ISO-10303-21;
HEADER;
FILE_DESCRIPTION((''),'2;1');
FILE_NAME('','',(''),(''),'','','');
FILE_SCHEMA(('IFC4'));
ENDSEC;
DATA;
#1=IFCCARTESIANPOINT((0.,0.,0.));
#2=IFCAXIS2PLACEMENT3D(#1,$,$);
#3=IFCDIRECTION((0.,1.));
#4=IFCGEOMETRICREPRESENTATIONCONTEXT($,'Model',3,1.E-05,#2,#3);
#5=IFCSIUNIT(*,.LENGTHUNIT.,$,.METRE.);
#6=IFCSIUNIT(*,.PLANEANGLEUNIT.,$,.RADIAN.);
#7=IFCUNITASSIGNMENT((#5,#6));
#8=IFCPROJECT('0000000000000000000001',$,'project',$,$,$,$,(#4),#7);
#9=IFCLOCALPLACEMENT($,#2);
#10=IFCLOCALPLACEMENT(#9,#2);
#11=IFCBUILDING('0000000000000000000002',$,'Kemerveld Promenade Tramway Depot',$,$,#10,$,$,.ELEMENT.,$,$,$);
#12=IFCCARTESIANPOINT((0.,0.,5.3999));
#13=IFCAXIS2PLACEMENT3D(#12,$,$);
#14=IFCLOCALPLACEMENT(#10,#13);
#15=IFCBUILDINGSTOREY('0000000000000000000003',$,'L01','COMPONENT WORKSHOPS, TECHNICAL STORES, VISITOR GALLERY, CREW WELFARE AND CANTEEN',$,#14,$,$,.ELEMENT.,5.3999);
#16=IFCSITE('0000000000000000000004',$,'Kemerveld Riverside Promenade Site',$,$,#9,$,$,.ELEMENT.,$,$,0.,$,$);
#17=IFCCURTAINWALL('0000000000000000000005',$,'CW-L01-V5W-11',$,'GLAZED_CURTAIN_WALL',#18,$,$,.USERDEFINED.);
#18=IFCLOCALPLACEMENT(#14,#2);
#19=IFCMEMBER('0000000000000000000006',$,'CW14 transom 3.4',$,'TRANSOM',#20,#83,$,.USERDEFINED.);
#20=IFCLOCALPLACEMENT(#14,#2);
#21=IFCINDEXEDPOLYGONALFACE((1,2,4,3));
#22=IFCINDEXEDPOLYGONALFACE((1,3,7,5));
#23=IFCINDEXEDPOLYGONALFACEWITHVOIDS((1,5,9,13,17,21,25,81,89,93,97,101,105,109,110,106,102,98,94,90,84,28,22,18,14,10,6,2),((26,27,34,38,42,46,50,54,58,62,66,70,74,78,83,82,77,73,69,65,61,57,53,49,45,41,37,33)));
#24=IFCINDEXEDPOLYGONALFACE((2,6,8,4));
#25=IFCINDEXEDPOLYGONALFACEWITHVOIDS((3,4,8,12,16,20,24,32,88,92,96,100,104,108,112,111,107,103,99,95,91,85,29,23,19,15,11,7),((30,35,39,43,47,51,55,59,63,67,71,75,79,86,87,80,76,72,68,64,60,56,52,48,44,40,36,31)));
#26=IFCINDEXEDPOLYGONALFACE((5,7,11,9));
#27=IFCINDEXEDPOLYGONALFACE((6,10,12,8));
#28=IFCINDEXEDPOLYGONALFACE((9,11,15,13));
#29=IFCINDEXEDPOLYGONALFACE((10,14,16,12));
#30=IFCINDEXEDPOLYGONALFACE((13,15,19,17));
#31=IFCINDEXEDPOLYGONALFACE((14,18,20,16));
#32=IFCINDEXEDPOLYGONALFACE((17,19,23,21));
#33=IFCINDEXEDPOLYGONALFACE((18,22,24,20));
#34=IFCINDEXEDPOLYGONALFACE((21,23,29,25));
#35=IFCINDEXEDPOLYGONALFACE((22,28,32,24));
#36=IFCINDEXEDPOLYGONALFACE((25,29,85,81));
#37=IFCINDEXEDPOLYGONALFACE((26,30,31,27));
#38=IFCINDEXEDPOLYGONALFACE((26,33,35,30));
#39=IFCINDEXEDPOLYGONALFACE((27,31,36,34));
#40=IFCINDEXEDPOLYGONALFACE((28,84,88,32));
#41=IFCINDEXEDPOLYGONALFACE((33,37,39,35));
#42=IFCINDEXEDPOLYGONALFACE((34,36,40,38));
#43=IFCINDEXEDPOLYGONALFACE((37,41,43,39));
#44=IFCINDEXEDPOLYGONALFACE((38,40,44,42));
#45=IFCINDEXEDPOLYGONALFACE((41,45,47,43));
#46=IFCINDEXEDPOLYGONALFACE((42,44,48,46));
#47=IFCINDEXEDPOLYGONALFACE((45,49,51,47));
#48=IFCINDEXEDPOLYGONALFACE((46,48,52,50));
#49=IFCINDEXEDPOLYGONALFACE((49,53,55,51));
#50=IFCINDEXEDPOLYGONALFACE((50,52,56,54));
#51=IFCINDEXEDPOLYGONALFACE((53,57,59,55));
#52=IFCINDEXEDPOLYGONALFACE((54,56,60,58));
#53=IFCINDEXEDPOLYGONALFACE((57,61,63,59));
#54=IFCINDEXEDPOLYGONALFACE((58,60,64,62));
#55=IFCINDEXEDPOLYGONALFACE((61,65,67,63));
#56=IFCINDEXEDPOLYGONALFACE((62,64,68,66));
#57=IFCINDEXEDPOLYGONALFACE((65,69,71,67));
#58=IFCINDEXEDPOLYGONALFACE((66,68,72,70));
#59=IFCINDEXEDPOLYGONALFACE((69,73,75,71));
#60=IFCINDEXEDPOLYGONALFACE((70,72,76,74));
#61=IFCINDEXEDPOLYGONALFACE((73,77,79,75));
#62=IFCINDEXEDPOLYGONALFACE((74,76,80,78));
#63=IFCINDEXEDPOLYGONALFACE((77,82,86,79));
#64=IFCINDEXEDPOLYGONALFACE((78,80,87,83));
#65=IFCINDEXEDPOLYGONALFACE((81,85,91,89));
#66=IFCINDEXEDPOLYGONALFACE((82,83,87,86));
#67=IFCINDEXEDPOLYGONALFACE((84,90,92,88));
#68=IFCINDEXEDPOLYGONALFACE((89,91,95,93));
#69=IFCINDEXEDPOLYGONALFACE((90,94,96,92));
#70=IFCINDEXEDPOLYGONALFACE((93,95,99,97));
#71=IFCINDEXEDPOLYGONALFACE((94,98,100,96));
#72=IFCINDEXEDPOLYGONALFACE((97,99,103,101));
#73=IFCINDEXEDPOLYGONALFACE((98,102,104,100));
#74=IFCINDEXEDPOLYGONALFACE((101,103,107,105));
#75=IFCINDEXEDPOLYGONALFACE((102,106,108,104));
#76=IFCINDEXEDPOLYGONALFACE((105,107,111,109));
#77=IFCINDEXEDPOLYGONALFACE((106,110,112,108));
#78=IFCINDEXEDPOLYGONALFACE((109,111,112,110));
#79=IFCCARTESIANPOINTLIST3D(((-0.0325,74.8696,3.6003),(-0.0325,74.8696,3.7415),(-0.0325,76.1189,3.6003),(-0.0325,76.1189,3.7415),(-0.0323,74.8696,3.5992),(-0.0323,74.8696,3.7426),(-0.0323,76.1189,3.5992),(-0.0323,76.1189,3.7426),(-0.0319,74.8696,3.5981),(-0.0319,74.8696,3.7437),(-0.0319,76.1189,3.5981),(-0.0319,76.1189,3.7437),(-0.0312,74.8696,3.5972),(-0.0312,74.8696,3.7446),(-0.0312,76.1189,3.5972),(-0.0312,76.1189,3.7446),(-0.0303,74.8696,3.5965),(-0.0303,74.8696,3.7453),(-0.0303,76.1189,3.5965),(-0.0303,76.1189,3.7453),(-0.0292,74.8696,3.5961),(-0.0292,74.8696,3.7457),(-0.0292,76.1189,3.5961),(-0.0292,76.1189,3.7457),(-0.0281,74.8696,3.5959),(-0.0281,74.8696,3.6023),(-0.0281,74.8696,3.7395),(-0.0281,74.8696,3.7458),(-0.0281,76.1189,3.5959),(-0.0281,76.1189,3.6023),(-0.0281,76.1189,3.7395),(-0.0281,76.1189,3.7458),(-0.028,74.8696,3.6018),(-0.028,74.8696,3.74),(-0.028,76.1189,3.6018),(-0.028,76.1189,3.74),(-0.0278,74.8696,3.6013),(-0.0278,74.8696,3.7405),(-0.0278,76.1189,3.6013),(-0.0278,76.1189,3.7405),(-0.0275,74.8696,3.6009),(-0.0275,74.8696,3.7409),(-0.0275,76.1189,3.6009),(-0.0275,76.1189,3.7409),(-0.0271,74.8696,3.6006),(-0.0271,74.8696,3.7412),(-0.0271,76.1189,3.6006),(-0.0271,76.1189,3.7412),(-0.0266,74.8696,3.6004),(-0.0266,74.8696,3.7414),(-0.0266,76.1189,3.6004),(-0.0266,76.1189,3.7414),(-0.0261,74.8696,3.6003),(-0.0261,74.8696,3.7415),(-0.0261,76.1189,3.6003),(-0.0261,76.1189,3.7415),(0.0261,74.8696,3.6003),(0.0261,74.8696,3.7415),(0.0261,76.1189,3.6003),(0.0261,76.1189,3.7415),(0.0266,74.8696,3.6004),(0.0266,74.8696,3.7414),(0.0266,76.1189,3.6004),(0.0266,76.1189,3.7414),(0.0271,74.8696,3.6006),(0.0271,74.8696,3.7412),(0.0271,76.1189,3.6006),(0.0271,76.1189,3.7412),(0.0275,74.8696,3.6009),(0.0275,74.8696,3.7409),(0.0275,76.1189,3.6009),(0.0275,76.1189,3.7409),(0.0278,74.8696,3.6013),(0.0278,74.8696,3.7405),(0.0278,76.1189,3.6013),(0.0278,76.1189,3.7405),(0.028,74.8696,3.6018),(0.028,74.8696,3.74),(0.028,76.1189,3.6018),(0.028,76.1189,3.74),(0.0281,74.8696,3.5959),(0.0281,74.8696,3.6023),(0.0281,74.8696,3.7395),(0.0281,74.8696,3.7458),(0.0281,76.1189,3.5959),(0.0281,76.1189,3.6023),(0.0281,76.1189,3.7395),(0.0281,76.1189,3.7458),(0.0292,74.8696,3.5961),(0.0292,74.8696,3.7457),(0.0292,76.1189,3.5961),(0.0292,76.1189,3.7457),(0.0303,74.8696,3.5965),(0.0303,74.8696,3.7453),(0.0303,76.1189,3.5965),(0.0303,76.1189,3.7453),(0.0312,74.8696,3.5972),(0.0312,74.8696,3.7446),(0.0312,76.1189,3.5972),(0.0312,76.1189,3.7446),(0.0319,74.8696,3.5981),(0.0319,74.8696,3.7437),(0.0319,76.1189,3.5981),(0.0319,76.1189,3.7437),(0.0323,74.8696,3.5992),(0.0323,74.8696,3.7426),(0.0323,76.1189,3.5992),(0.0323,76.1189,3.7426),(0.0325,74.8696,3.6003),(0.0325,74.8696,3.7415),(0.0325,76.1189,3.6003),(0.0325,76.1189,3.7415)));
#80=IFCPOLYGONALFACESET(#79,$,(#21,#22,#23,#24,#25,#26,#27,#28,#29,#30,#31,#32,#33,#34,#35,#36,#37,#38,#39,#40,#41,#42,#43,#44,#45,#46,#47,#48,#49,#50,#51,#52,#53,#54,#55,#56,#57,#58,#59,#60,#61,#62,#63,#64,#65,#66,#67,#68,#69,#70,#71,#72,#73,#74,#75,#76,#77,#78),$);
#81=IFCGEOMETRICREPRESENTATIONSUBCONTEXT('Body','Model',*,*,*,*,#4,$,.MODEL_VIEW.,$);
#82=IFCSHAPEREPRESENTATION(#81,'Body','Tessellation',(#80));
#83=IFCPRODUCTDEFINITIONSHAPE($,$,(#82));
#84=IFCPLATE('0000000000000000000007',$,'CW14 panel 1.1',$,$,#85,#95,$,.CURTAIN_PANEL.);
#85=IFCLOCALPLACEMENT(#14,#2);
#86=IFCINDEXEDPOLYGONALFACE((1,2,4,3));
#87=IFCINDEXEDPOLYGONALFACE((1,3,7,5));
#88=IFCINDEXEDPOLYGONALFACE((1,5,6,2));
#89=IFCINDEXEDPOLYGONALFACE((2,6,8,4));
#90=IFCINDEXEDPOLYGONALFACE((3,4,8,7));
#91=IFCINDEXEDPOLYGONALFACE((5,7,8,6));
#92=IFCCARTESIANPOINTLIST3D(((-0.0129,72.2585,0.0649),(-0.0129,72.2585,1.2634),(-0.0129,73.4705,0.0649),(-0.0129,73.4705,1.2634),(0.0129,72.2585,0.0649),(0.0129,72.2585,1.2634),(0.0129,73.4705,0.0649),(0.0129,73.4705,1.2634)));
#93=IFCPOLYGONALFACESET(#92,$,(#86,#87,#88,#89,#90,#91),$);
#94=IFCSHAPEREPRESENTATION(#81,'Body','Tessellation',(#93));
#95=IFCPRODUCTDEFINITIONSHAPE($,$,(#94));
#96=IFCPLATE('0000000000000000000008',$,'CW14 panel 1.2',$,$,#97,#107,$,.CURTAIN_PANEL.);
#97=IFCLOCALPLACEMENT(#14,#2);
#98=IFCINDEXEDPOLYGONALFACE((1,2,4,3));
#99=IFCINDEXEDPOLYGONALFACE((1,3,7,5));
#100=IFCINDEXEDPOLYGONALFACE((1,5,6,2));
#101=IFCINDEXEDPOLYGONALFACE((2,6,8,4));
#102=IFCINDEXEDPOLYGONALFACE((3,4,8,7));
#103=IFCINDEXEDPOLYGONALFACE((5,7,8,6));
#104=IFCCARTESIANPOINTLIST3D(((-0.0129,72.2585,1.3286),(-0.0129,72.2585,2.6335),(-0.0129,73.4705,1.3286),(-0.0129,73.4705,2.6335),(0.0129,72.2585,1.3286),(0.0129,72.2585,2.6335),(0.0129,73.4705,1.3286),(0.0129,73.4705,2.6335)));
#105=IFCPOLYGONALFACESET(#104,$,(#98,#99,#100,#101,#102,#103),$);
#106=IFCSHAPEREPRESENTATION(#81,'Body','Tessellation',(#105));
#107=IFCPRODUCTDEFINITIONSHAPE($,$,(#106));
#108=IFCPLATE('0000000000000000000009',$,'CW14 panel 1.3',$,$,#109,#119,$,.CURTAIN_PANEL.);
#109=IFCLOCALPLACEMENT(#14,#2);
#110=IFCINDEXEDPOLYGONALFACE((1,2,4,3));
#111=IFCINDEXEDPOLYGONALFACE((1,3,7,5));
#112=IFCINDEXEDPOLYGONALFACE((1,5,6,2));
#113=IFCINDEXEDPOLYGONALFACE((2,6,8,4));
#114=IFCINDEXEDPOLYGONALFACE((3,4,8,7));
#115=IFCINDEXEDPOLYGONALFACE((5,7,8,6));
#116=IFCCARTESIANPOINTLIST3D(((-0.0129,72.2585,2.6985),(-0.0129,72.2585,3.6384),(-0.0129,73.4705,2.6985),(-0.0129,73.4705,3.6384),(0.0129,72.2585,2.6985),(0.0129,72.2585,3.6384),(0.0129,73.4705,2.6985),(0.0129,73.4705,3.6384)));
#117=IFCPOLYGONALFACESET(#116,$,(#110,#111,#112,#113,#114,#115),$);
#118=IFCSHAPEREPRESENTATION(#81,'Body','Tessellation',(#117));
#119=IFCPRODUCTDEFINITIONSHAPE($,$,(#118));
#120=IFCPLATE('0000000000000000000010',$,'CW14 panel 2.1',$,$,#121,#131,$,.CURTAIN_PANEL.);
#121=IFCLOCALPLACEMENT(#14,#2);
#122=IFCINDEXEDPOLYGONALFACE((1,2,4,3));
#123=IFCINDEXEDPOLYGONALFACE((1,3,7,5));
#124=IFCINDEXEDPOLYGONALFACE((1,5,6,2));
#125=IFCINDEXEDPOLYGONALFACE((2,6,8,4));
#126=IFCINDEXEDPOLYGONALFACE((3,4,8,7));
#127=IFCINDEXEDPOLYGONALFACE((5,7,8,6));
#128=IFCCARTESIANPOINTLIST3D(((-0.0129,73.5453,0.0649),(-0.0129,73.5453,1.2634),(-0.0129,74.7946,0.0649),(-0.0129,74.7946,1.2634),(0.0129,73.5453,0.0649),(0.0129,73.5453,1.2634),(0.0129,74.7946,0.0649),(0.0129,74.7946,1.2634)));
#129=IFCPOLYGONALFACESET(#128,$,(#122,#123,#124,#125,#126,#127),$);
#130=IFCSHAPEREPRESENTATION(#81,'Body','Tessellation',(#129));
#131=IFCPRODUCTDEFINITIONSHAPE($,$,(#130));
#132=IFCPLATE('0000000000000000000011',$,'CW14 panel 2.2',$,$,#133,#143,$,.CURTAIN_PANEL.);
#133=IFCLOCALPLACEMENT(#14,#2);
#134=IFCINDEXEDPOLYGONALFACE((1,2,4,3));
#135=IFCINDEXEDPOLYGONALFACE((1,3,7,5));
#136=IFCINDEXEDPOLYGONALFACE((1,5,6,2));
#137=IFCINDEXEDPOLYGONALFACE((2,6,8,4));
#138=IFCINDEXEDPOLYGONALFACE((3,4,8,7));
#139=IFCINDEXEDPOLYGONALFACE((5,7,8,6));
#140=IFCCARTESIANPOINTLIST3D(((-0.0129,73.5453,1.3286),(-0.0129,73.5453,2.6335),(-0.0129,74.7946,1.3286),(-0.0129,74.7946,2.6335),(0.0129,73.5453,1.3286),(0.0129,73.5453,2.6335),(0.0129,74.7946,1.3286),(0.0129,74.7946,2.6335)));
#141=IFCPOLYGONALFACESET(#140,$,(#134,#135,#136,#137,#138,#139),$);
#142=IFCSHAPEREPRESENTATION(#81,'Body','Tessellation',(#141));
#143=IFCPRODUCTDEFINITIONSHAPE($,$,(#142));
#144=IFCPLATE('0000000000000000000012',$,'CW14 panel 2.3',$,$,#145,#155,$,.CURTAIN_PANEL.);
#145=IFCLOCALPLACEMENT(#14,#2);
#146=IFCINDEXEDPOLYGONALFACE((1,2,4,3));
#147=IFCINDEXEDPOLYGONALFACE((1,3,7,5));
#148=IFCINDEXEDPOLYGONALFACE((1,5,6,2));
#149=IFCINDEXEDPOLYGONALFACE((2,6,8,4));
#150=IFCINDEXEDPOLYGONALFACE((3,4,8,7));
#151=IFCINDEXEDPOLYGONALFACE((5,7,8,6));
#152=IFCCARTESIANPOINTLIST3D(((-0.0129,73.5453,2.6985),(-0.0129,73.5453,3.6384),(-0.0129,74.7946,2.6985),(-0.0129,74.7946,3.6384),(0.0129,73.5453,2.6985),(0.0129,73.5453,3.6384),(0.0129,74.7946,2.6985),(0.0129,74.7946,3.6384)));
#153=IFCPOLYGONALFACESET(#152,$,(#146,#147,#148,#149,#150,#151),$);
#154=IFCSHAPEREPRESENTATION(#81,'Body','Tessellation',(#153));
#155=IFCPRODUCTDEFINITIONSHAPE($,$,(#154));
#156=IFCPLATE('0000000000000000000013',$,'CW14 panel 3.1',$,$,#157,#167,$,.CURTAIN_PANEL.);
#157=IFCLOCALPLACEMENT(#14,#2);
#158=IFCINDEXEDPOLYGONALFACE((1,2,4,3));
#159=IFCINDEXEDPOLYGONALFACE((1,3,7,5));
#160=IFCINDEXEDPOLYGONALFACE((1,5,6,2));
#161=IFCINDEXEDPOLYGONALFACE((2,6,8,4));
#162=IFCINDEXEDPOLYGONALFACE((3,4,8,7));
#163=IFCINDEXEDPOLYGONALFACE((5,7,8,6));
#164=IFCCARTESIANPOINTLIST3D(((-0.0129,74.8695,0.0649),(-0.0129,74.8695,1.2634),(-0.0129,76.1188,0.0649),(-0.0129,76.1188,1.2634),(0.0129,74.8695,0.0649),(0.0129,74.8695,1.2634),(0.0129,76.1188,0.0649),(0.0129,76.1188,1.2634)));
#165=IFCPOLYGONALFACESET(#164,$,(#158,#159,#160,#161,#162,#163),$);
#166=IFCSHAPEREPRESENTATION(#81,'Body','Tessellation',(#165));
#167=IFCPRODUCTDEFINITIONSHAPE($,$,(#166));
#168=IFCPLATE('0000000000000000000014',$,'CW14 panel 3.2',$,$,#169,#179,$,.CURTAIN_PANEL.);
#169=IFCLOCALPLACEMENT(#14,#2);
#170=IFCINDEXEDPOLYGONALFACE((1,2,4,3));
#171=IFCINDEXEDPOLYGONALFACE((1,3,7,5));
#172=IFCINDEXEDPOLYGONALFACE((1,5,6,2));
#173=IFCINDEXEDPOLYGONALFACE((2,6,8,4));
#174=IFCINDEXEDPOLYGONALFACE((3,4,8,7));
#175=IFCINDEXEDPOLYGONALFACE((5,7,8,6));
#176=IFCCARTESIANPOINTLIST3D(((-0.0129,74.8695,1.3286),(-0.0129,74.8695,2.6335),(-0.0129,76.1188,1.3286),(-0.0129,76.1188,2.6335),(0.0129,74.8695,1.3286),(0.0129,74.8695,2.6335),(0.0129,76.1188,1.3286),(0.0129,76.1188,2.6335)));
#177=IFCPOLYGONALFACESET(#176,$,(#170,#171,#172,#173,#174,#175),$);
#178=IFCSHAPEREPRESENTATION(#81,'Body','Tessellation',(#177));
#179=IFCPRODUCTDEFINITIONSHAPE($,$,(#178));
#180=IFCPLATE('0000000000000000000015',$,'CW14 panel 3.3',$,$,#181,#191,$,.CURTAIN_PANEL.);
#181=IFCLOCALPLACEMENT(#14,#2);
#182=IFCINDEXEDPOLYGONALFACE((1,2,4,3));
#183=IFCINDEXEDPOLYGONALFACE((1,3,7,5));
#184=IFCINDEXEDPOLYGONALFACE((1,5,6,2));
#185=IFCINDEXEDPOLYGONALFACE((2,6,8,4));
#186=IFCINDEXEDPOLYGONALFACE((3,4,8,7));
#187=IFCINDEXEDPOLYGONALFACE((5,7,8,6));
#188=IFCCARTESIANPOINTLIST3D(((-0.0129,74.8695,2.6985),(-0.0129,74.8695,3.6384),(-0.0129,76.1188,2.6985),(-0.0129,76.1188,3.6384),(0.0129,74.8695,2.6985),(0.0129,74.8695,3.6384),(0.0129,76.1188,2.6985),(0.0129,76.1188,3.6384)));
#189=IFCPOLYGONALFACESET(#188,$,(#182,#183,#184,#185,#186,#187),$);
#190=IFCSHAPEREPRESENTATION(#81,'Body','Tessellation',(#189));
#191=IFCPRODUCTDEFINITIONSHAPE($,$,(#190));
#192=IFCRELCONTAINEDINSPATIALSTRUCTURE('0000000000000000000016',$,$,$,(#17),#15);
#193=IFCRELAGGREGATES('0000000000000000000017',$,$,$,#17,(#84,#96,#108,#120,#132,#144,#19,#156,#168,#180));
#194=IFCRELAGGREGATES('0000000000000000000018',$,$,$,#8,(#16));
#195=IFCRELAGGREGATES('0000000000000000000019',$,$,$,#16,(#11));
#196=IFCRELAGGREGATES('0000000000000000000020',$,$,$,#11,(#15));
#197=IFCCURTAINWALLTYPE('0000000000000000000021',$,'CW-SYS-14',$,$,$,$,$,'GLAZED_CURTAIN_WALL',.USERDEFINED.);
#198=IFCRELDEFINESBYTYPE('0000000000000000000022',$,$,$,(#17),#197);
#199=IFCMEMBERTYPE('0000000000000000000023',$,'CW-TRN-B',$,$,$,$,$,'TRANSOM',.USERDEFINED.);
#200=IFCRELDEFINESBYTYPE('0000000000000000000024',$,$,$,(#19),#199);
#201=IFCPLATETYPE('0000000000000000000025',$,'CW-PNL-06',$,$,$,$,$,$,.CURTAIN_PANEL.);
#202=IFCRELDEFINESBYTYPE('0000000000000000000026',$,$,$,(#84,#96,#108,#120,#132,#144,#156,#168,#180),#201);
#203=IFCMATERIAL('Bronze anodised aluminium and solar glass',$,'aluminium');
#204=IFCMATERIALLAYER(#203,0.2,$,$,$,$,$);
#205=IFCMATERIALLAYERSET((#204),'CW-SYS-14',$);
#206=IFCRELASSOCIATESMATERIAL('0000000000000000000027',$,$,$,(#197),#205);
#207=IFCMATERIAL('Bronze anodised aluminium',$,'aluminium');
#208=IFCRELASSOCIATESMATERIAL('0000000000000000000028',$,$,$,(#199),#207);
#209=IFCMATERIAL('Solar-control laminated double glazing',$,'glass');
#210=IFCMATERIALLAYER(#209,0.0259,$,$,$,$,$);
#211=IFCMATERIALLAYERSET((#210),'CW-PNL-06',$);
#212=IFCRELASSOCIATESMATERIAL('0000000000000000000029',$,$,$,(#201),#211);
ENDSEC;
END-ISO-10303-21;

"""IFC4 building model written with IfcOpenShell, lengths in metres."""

from ifc_helpers import new_model, si_unit, direction, frame, origin, origin_2d, place, context, subcontext, project, spatial, rectangle, hollow_rectangle, extrude, material, layer, layer_set, material_profile, profile_set, type_object, element, aggregate, save


model = new_model("IFC4")

# Units and contexts
model_context = context("Model", 3, precision=1e-05, world=origin(), true_north=direction((0.0, 1.0)))
body_context = subcontext(model_context, "Body", "Model", "MODEL_VIEW")
ifc_project = project(units=[si_unit("LENGTHUNIT", "METRE"), si_unit("PLANEANGLEUNIT", "RADIAN")], contexts=[model_context])

# Site, building, storey
site_placement = place(None, origin())
site = spatial("IfcSite", under=ifc_project, at=site_placement, Name="Kemerveld Riverside Promenade Site", CompositionType="ELEMENT", RefElevation=0.0)
building_placement = place(site_placement, origin())
building = spatial("IfcBuilding", under=site, at=building_placement, Name="Kemerveld Promenade Tramway Depot", CompositionType="ELEMENT")
storey_placement = place(building_placement, frame((0.0, 0.0, 5.3999)))
storey = spatial("IfcBuildingStorey", under=building, at=storey_placement, Name="L01", Description="COMPONENT WORKSHOPS, TECHNICAL STORES, VISITOR GALLERY, CREW WELFARE AND CANTEEN", CompositionType="ELEMENT", Elevation=5.3999)

# Curtain wall, member, plates
ifc_material_1 = material(Name="Bronze anodised aluminium and solar glass", Category="aluminium")
ifc_layer_1 = layer(ifc_material_1, 0.2)
ifc_layer_set_1 = layer_set([ifc_layer_1], Name="CW-SYS-14")
curtain_wall_type = type_object("IfcCurtainWallType", Name="CW-SYS-14", ElementType="GLAZED_CURTAIN_WALL", PredefinedType="USERDEFINED", material=ifc_layer_set_1)
curtain_wall_placement = place(storey_placement, origin())
curtain_wall = element("IfcCurtainWall", 1, at=curtain_wall_placement, inside=storey, type_object=curtain_wall_type, Name="CW-L01-V5W-11", ObjectType="GLAZED_CURTAIN_WALL", PredefinedType="USERDEFINED")
ifc_material_2 = material(Name="Bronze anodised aluminium", Category="aluminium")
ifc_material_profile_1 = material_profile(ifc_material_2, hollow_rectangle(XDim=0.0649, YDim=0.1499, WallThickness=0.0044, InnerFilletRadius=0.002, OuterFilletRadius=0.0044, at=origin_2d()), Name="CW-TRN-150x65")
ifc_profile_set_1 = profile_set([ifc_material_profile_1], Name="Bronze anodised aluminium")
member_type_1 = type_object("IfcMemberType", Name="CW-TRN-B", ElementType="TRANSOM", PredefinedType="USERDEFINED", material=ifc_profile_set_1)
member_1_placement = place(storey_placement, frame((0.0, 74.8696, 3.6709), z_axis=(0.0, 1.0, 0.0), x_axis=(-1.0, 0.0, 0.0)))
member_1 = element("IfcMember", 2, at=member_1_placement, type_object=member_type_1, Name="CW14 transom 3.4", ObjectType="TRANSOM", PredefinedType="USERDEFINED", context=body_context, shape_type="SweptSolid", body=[
    extrude(hollow_rectangle(XDim=0.0649, YDim=0.1499, WallThickness=0.0044, InnerFilletRadius=0.002, OuterFilletRadius=0.0044, at=origin_2d()), origin(), (0.0, 0.0, 1.0), 1.2493),
])
ifc_material_3 = material(Name="Solar-control laminated double glazing", Category="glass")
ifc_layer_2 = layer(ifc_material_3, 0.0259)
ifc_layer_set_2 = layer_set([ifc_layer_2], Name="CW-PNL-06")
plate_type = type_object("IfcPlateType", Name="CW-PNL-06", PredefinedType="CURTAIN_PANEL", material=ifc_layer_set_2)
plate_1_placement = place(storey_placement, frame((0.0, 72.8645, 0.0649), z_axis=(0.0, 0.0, 1.0), x_axis=(0.0, 1.0, 0.0)))
plate_1 = element("IfcPlate", 3, at=plate_1_placement, type_object=plate_type, Name="CW14 panel 1.1", PredefinedType="CURTAIN_PANEL", context=body_context, shape_type="SweptSolid", body=[
    extrude(rectangle(XDim=1.2119, YDim=0.0259, at=origin_2d()), origin(), (0.0, 0.0, 1.0), 1.1985),
])
plate_2_placement = place(storey_placement, frame((0.0, 72.8645, 1.3286), z_axis=(0.0, 0.0, 1.0), x_axis=(0.0, 1.0, 0.0)))
plate_2 = element("IfcPlate", 4, at=plate_2_placement, type_object=plate_type, Name="CW14 panel 1.2", PredefinedType="CURTAIN_PANEL", context=body_context, shape_type="SweptSolid", body=[
    extrude(rectangle(XDim=1.2119, YDim=0.0259, at=origin_2d()), origin(), (0.0, 0.0, 1.0), 1.3049),
])
plate_3_placement = place(storey_placement, frame((0.0, 72.8645, 2.6985), z_axis=(0.0, 0.0, 1.0), x_axis=(0.0, 1.0, 0.0)))
plate_3 = element("IfcPlate", 5, at=plate_3_placement, type_object=plate_type, Name="CW14 panel 1.3", PredefinedType="CURTAIN_PANEL", context=body_context, shape_type="SweptSolid", body=[
    extrude(rectangle(XDim=1.2119, YDim=0.0259, at=origin_2d()), origin(), (0.0, 0.0, 1.0), 0.9399),
])
plate_4_placement = place(storey_placement, frame((0.0, 74.1699, 0.0649), z_axis=(0.0, 0.0, 1.0), x_axis=(0.0, 1.0, 0.0)))
plate_4 = element("IfcPlate", 6, at=plate_4_placement, type_object=plate_type, Name="CW14 panel 2.1", PredefinedType="CURTAIN_PANEL", context=body_context, shape_type="SweptSolid", body=[
    extrude(rectangle(XDim=1.2493, YDim=0.0259, at=origin_2d()), origin(), (0.0, 0.0, 1.0), 1.1985),
])
plate_5_placement = place(storey_placement, frame((0.0, 74.1699, 1.3286), z_axis=(0.0, 0.0, 1.0), x_axis=(0.0, 1.0, 0.0)))
plate_5 = element("IfcPlate", 7, at=plate_5_placement, type_object=plate_type, Name="CW14 panel 2.2", PredefinedType="CURTAIN_PANEL", context=body_context, shape_type="SweptSolid", body=[
    extrude(rectangle(XDim=1.2493, YDim=0.0259, at=origin_2d()), origin(), (0.0, 0.0, 1.0), 1.3049),
])
plate_6_placement = place(storey_placement, frame((0.0, 74.1699, 2.6985), z_axis=(0.0, 0.0, 1.0), x_axis=(0.0, 1.0, 0.0)))
plate_6 = element("IfcPlate", 8, at=plate_6_placement, type_object=plate_type, Name="CW14 panel 2.3", PredefinedType="CURTAIN_PANEL", context=body_context, shape_type="SweptSolid", body=[
    extrude(rectangle(XDim=1.2493, YDim=0.0259, at=origin_2d()), origin(), (0.0, 0.0, 1.0), 0.9399),
])
plate_7_placement = place(storey_placement, frame((0.0, 75.4941, 0.0649), z_axis=(0.0, 0.0, 1.0), x_axis=(0.0, 1.0, 0.0)))
plate_7 = element("IfcPlate", 9, at=plate_7_placement, type_object=plate_type, Name="CW14 panel 3.1", PredefinedType="CURTAIN_PANEL", context=body_context, shape_type="SweptSolid", body=[
    extrude(rectangle(XDim=1.2493, YDim=0.0259, at=origin_2d()), origin(), (0.0, 0.0, 1.0), 1.1985),
])
plate_8_placement = place(storey_placement, frame((0.0, 75.4941, 1.3286), z_axis=(0.0, 0.0, 1.0), x_axis=(0.0, 1.0, 0.0)))
plate_8 = element("IfcPlate", 10, at=plate_8_placement, type_object=plate_type, Name="CW14 panel 3.2", PredefinedType="CURTAIN_PANEL", context=body_context, shape_type="SweptSolid", body=[
    extrude(rectangle(XDim=1.2493, YDim=0.0259, at=origin_2d()), origin(), (0.0, 0.0, 1.0), 1.3049),
])
plate_9_placement = place(storey_placement, frame((0.0, 75.4941, 2.6985), z_axis=(0.0, 0.0, 1.0), x_axis=(0.0, 1.0, 0.0)))
plate_9 = element("IfcPlate", 11, at=plate_9_placement, type_object=plate_type, Name="CW14 panel 3.3", PredefinedType="CURTAIN_PANEL", context=body_context, shape_type="SweptSolid", body=[
    extrude(rectangle(XDim=1.2493, YDim=0.0259, at=origin_2d()), origin(), (0.0, 0.0, 1.0), 0.9399),
])
aggregate(curtain_wall, [plate_1, plate_2, plate_3, plate_4, plate_5, plate_6, member_1, plate_7, plate_8, plate_9])

save(model, "model.ifc")
